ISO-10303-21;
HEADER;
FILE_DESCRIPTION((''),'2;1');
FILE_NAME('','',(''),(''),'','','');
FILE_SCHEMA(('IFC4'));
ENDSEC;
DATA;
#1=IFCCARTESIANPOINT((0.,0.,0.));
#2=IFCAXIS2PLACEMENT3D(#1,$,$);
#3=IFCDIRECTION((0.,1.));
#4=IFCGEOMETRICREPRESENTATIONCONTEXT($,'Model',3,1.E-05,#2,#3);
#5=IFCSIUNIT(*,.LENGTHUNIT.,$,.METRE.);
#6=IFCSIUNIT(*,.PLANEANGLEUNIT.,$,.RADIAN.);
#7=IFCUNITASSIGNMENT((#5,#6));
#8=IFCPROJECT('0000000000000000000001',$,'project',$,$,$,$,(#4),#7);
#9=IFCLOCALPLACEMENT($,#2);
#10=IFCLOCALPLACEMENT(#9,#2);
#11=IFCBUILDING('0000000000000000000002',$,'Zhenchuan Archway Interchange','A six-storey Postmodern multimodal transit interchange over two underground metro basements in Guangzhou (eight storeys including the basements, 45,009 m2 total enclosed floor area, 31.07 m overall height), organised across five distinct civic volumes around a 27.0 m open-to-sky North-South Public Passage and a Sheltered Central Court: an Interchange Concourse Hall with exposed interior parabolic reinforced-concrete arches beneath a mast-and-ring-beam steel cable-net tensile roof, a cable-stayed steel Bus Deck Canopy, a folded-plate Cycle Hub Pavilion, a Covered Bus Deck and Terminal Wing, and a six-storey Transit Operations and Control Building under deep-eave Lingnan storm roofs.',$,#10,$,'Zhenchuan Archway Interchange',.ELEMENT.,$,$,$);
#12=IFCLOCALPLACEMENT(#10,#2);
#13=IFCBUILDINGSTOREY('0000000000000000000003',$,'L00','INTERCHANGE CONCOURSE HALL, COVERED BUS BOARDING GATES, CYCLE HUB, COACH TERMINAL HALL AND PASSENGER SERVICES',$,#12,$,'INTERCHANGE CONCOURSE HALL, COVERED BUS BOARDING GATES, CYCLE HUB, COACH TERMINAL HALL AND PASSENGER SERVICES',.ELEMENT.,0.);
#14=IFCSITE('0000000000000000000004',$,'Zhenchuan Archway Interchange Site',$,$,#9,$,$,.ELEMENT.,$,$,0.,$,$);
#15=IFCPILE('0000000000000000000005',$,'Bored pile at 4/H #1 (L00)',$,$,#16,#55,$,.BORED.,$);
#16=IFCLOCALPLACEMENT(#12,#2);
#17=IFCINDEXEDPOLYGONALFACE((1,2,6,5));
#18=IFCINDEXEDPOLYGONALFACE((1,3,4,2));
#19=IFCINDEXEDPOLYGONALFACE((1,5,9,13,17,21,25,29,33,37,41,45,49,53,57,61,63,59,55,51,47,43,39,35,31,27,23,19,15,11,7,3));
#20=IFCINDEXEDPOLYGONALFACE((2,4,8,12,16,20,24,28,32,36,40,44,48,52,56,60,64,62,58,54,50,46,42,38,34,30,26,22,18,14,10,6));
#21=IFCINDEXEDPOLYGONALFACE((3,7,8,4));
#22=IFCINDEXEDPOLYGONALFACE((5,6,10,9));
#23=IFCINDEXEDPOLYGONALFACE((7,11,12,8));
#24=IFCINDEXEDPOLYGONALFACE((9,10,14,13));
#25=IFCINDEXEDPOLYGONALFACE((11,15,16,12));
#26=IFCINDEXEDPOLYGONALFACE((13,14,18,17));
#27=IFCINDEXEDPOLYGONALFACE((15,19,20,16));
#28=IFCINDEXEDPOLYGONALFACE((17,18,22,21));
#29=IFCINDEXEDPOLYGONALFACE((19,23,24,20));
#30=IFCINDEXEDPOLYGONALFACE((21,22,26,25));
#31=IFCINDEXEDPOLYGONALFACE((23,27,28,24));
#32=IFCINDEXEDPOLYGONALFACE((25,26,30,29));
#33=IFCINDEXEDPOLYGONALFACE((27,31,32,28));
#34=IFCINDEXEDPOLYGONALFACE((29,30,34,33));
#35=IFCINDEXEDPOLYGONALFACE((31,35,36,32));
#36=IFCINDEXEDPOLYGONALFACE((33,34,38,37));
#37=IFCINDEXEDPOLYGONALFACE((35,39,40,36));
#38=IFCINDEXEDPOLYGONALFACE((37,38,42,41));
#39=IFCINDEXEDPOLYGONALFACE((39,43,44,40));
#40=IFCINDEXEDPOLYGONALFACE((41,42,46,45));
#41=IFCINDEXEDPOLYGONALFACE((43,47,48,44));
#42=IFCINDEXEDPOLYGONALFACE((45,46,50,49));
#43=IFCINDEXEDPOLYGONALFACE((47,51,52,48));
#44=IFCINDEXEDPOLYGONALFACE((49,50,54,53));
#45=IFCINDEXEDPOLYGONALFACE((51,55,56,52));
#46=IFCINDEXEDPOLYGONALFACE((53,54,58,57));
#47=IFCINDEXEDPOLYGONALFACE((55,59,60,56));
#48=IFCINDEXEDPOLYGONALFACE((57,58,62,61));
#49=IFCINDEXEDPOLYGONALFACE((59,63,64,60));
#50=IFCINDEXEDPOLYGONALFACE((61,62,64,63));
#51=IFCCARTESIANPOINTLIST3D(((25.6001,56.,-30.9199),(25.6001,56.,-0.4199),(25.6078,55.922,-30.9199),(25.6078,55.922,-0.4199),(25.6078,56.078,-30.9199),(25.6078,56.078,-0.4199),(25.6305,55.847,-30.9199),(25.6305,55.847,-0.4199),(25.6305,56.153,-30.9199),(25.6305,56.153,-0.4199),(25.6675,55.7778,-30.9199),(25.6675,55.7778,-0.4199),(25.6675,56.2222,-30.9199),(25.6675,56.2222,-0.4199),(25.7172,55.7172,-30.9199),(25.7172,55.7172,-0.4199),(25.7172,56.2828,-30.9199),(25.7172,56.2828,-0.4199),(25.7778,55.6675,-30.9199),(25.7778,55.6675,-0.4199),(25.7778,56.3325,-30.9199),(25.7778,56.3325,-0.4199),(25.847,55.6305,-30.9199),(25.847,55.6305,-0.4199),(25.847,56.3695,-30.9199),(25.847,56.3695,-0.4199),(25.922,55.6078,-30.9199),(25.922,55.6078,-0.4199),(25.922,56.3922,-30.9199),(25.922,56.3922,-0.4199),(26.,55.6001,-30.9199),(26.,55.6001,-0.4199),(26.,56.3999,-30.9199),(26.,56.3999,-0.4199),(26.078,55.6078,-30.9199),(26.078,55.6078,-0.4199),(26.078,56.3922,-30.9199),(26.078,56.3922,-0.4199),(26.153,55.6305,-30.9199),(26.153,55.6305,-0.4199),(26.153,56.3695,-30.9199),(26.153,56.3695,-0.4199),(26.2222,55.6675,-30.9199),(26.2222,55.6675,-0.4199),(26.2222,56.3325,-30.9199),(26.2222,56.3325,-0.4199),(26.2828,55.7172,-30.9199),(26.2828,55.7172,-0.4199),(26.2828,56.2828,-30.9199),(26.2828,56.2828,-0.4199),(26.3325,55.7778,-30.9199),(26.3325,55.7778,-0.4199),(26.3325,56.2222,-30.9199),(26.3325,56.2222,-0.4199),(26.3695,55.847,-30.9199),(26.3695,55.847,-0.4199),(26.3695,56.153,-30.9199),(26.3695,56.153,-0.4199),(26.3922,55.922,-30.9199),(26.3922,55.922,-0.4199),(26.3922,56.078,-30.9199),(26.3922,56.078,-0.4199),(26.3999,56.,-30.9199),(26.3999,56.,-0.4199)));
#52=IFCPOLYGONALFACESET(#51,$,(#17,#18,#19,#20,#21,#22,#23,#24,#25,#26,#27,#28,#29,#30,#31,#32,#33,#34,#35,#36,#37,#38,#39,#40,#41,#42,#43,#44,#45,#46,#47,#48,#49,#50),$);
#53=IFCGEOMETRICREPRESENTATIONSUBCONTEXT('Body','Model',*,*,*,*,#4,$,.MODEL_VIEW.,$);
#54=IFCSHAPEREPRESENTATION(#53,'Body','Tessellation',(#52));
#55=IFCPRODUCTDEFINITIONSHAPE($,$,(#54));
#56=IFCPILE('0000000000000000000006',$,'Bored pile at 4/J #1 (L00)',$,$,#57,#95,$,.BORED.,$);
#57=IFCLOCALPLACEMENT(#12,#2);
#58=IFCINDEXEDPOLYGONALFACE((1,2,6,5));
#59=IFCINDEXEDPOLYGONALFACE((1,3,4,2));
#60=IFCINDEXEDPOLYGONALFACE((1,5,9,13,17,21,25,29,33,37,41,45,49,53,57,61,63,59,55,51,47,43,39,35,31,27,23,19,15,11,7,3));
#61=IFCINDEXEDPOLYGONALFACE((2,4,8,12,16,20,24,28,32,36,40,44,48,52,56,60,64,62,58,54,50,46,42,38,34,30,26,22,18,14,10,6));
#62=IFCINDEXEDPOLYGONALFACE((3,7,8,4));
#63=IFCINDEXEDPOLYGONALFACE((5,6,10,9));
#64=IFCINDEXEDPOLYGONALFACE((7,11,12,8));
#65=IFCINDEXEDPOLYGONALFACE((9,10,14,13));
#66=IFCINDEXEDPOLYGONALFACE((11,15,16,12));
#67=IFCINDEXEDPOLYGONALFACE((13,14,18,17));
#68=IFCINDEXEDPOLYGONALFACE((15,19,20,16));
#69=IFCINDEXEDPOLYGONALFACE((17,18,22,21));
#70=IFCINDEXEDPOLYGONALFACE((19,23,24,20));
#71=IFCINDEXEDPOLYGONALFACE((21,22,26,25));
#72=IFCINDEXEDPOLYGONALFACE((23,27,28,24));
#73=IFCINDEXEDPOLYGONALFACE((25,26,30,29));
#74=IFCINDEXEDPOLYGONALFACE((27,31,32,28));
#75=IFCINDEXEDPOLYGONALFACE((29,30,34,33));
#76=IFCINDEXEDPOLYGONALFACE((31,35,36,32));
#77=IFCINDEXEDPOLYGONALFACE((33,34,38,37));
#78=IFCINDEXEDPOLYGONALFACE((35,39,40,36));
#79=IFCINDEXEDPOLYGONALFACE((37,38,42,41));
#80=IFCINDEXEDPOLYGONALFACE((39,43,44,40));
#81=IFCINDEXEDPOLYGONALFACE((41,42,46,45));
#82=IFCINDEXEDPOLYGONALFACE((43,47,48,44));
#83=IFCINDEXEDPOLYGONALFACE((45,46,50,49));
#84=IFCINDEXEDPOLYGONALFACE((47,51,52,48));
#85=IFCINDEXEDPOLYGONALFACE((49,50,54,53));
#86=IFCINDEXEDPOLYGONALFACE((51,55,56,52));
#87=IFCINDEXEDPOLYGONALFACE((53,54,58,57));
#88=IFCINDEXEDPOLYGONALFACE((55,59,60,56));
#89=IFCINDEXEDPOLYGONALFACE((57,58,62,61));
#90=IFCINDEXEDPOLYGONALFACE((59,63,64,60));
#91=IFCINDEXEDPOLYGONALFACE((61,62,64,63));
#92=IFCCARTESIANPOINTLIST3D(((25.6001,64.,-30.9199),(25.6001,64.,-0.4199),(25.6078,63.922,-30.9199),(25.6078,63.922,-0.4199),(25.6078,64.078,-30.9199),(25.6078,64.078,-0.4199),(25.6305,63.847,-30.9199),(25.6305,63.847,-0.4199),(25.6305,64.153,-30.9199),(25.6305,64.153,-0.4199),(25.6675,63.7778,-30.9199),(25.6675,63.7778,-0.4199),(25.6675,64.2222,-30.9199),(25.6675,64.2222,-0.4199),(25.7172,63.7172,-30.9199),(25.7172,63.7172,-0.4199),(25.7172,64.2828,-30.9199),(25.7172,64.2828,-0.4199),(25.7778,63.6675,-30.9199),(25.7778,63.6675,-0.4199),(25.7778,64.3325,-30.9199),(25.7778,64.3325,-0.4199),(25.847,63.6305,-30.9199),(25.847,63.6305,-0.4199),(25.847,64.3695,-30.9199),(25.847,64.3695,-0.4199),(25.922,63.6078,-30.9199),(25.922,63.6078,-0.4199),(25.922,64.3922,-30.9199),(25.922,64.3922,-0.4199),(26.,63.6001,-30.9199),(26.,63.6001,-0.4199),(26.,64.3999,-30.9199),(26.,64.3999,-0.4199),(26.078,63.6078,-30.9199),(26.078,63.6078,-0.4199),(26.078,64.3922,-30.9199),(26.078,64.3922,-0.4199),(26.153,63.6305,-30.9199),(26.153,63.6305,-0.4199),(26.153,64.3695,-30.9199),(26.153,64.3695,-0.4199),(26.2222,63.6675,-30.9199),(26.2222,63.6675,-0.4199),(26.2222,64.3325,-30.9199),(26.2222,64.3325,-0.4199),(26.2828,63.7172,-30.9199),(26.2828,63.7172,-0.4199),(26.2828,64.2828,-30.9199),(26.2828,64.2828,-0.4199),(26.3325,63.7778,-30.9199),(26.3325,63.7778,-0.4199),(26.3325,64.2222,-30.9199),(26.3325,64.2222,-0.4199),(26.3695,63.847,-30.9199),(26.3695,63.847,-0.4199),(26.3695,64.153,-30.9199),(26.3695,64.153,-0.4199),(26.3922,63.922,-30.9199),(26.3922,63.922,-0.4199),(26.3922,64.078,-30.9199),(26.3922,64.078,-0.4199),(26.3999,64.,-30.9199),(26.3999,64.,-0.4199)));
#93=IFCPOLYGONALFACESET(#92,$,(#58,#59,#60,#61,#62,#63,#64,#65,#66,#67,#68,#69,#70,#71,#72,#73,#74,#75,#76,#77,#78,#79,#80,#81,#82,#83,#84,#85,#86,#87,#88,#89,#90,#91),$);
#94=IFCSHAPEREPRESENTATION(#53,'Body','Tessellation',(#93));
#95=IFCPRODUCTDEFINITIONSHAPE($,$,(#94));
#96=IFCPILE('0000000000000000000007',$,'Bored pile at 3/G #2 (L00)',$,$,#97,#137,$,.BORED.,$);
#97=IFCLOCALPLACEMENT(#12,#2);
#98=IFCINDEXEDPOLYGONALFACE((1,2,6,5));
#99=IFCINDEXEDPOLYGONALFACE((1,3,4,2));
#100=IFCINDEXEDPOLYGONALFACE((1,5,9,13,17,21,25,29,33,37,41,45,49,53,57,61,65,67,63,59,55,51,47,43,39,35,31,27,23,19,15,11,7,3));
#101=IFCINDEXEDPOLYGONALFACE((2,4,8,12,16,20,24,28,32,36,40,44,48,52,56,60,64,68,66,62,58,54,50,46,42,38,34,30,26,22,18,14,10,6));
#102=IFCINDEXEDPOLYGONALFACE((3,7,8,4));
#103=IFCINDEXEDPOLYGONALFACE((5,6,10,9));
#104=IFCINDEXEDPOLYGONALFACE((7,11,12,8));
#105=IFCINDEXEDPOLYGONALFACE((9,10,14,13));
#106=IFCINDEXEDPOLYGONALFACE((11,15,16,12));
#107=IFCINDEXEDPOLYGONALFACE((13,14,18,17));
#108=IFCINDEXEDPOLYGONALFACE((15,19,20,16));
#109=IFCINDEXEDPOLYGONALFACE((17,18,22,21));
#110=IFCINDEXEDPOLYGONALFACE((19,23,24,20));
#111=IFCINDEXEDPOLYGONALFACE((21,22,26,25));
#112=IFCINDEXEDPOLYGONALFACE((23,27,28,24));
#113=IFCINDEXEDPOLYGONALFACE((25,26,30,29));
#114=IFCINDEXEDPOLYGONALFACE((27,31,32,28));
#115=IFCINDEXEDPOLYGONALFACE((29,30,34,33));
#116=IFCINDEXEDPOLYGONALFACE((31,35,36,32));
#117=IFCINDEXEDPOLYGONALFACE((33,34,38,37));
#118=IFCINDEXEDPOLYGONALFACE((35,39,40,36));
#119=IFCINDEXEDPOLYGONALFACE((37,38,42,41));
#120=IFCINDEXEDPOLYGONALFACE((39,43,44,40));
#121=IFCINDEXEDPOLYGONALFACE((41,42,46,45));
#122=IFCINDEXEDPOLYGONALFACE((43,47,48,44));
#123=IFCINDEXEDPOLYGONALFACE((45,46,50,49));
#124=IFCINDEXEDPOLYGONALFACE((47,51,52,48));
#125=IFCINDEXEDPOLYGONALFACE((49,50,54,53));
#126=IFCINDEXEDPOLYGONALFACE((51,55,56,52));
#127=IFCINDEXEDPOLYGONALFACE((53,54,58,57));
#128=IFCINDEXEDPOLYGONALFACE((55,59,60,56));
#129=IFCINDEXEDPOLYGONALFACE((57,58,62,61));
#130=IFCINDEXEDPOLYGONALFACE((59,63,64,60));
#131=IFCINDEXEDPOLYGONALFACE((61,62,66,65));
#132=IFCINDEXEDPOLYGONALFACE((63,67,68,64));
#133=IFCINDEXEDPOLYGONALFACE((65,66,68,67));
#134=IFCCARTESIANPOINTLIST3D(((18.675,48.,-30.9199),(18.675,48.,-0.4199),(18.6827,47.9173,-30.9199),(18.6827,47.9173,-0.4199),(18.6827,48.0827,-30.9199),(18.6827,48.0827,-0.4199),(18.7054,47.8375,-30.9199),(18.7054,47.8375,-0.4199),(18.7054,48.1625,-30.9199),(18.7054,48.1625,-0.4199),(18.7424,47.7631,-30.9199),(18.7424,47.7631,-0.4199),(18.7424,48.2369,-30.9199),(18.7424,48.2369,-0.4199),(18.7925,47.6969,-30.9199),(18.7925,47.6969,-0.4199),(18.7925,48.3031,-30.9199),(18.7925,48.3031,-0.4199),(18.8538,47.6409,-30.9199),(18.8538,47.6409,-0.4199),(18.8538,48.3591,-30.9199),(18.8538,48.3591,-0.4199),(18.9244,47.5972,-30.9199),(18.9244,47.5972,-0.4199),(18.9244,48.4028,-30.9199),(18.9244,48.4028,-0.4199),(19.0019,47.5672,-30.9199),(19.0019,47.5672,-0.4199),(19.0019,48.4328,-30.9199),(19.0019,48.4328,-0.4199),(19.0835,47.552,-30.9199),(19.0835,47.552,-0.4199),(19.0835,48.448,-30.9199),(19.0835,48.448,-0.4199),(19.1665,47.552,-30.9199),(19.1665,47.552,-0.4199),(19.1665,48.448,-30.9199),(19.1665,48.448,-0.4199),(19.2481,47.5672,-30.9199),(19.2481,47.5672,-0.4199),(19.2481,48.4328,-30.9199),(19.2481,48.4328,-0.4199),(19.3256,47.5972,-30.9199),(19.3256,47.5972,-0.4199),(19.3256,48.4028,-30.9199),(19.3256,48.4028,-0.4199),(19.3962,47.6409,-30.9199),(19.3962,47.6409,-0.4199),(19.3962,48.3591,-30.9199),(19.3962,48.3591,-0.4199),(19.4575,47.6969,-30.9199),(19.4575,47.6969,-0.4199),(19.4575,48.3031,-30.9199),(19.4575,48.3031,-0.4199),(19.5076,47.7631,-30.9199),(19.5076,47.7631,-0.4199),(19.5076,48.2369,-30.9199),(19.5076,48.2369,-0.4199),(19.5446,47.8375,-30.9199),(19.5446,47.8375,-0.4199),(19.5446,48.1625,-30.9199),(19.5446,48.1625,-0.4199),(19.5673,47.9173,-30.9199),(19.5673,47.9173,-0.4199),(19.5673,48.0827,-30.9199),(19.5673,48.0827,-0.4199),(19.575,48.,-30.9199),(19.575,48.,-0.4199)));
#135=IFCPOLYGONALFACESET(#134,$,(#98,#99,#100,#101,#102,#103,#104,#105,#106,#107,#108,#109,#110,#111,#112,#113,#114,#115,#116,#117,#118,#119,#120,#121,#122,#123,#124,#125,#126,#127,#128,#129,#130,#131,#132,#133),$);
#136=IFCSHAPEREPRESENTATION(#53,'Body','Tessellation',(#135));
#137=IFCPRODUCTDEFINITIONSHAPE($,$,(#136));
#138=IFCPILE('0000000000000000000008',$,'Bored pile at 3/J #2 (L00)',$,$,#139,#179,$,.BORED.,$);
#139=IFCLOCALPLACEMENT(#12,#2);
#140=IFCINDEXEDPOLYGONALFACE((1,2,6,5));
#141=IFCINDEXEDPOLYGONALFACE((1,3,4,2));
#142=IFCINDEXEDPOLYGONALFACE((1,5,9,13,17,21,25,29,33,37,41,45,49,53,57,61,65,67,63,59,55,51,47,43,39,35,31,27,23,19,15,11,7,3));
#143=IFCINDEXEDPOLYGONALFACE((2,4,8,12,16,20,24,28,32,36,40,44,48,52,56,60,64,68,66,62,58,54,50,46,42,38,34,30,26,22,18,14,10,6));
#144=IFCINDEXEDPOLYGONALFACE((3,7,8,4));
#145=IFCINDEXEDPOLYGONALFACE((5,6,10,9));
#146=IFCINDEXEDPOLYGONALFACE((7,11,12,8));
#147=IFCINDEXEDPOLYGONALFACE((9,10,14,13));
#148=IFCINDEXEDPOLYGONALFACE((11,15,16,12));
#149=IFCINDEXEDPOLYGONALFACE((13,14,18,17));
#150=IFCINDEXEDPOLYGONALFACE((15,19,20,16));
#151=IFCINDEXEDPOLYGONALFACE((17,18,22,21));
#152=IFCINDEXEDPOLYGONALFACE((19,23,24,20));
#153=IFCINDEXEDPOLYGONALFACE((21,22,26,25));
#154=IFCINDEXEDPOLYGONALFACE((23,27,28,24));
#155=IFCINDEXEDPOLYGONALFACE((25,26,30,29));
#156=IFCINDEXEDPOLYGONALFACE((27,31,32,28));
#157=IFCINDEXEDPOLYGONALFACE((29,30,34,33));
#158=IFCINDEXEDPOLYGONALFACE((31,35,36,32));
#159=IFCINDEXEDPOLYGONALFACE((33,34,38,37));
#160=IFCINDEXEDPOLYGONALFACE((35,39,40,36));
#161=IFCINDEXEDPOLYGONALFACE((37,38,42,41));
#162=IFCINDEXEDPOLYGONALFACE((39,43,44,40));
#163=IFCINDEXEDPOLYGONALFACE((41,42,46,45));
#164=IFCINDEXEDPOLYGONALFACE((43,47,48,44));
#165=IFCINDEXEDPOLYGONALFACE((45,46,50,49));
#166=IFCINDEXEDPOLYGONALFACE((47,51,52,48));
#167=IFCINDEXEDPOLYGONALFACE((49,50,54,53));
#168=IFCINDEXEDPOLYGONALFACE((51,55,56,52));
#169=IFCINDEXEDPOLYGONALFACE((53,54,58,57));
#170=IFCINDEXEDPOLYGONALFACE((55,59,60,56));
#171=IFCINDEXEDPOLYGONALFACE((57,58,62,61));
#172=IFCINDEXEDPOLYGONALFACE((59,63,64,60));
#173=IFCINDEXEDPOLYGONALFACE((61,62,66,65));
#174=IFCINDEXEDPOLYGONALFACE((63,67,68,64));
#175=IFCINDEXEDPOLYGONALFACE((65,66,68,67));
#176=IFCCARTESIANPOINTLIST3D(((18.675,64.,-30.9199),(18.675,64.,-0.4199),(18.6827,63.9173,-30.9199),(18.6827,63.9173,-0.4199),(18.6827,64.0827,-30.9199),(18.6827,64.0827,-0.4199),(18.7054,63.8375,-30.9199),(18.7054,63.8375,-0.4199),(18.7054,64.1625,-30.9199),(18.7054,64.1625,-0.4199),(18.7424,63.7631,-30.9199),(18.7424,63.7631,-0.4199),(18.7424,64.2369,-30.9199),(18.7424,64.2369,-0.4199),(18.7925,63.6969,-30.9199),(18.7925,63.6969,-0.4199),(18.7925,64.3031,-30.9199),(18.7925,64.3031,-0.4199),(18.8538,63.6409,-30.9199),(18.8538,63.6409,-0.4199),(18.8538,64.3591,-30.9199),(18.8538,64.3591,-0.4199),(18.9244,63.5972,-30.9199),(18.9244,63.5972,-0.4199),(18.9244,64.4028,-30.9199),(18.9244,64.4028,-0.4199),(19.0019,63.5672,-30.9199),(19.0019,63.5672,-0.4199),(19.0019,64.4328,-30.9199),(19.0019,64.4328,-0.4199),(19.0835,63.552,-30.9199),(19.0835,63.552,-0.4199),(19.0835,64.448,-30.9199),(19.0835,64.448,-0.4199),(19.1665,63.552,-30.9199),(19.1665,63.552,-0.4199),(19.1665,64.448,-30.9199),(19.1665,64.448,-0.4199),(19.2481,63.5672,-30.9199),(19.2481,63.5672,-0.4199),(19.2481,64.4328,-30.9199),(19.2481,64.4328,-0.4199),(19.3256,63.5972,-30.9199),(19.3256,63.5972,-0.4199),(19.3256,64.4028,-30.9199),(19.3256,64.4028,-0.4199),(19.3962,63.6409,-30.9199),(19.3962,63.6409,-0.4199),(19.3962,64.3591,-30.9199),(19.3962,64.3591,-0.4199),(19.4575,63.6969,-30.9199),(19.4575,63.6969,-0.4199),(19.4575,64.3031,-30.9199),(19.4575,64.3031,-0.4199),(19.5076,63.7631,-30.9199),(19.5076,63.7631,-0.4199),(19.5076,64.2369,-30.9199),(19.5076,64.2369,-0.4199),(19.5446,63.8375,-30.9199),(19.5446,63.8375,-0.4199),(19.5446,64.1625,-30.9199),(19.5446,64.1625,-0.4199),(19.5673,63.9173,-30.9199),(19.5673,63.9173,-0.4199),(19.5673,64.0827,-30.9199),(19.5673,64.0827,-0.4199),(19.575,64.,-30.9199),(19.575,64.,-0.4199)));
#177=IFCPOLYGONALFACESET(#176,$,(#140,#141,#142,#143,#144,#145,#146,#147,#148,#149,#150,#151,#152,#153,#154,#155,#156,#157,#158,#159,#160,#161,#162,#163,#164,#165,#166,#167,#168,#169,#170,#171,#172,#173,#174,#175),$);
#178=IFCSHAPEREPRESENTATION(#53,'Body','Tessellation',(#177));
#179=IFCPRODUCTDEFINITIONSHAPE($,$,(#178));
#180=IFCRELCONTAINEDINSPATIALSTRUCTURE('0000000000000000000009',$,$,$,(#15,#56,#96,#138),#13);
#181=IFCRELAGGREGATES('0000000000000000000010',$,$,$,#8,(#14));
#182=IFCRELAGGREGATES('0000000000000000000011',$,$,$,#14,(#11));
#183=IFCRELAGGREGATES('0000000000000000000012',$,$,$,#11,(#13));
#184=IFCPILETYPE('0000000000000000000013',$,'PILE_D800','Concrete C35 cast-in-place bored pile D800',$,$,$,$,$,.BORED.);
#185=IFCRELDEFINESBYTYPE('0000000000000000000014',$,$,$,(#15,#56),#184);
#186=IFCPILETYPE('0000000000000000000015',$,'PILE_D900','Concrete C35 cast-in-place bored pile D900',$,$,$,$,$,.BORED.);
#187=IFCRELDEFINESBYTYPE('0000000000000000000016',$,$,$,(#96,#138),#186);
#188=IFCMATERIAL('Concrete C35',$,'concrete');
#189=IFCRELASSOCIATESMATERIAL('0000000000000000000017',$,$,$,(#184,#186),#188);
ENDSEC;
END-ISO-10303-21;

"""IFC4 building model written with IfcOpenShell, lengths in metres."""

from ifc_helpers import new_model, si_unit, direction, frame, origin, origin_2d, place, context, subcontext, project, spatial, circle, extrude, material, material_profile, profile_set, type_object, element, save


model = new_model("IFC4")

# Units and contexts
model_context = context("Model", 3, precision=1e-05, world=origin(), true_north=direction((0.0, 1.0)))
body_context = subcontext(model_context, "Body", "Model", "MODEL_VIEW")
ifc_project = project(units=[si_unit("LENGTHUNIT", "METRE"), si_unit("PLANEANGLEUNIT", "RADIAN")], contexts=[model_context])

# Site, building, storey
site_placement = place(None, origin())
site = spatial("IfcSite", under=ifc_project, at=site_placement, Name="Zhenchuan Archway Interchange Site", CompositionType="ELEMENT", RefElevation=0.0)
building_placement = place(site_placement, origin())
building = spatial("IfcBuilding", under=site, at=building_placement, Name="Zhenchuan Archway Interchange", Description="A six-storey Postmodern multimodal transit interchange over two underground metro basements in Guangzhou (eight storeys including the basements, 45,009 m2 total enclosed floor area, 31.07 m overall height), organised across five distinct civic volumes around a 27.0 m open-to-sky North-South Public Passage and a Sheltered Central Court: an Interchange Concourse Hall with exposed interior parabolic reinforced-concrete arches beneath a mast-and-ring-beam steel cable-net tensile roof, a cable-stayed steel Bus Deck Canopy, a folded-plate Cycle Hub Pavilion, a Covered Bus Deck and Terminal Wing, and a six-storey Transit Operations and Control Building under deep-eave Lingnan storm roofs.", LongName="Zhenchuan Archway Interchange", CompositionType="ELEMENT")
storey_placement = place(building_placement, origin())
storey = spatial("IfcBuildingStorey", under=building, at=storey_placement, Name="L00", Description="INTERCHANGE CONCOURSE HALL, COVERED BUS BOARDING GATES, CYCLE HUB, COACH TERMINAL HALL AND PASSENGER SERVICES", LongName="INTERCHANGE CONCOURSE HALL, COVERED BUS BOARDING GATES, CYCLE HUB, COACH TERMINAL HALL AND PASSENGER SERVICES", CompositionType="ELEMENT", Elevation=0.0)

# Piles
ifc_material_1 = material(Name="Concrete C35", Category="concrete")
ifc_material_profile_1 = material_profile(ifc_material_1, circle(Radius=0.3999, at=origin_2d()), Name="BORED PILE 800")
ifc_profile_set_1 = profile_set([ifc_material_profile_1], Name="Concrete C35")
pile_type_1 = type_object("IfcPileType", Name="PILE_D800", Description="Concrete C35 cast-in-place bored pile D800", PredefinedType="BORED", material=ifc_profile_set_1)
for number, where, z_axis, x_axis, name in (
    (1, (26.0, 56.0, -0.4199), (0.0, 0.0, -1.0), (1.0, 0.0, 0.0), "Bored pile at 4/H #1 (L00)"),
    (2, (26.0, 64.0, -0.4199), (0.0, 0.0, -1.0), (1.0, 0.0, 0.0), "Bored pile at 4/J #1 (L00)"),
):
    element("IfcPile", number, at=place(storey_placement, frame(where, z_axis=z_axis, x_axis=x_axis)), inside=storey, type_object=pile_type_1, Name=name, PredefinedType="BORED", context=body_context, shape_type="SweptSolid", body=[
        extrude(circle(Radius=0.3999, at=origin_2d()), origin(), (0.0, 0.0, 1.0), 30.5),
    ])
ifc_material_profile_2 = material_profile(ifc_material_1, circle(Radius=0.45, at=origin_2d()), Name="BORED PILE 900")
ifc_profile_set_2 = profile_set([ifc_material_profile_2], Name="Concrete C35")
pile_type_2 = type_object("IfcPileType", Name="PILE_D900", Description="Concrete C35 cast-in-place bored pile D900", PredefinedType="BORED", material=ifc_profile_set_2)
for number, where, z_axis, x_axis, name in (
    (3, (19.125, 48.0, -0.4199), (0.0, 0.0, -1.0), (1.0, 0.0, 0.0), "Bored pile at 3/G #2 (L00)"),
    (4, (19.125, 64.0, -0.4199), (0.0, 0.0, -1.0), (1.0, 0.0, 0.0), "Bored pile at 3/J #2 (L00)"),
):
    element("IfcPile", number, at=place(storey_placement, frame(where, z_axis=z_axis, x_axis=x_axis)), inside=storey, type_object=pile_type_2, Name=name, PredefinedType="BORED", context=body_context, shape_type="SweptSolid", body=[
        extrude(circle(Radius=0.45, at=origin_2d()), origin(), (0.0, 0.0, 1.0), 30.5),
    ])

save(model, "model.ifc")
